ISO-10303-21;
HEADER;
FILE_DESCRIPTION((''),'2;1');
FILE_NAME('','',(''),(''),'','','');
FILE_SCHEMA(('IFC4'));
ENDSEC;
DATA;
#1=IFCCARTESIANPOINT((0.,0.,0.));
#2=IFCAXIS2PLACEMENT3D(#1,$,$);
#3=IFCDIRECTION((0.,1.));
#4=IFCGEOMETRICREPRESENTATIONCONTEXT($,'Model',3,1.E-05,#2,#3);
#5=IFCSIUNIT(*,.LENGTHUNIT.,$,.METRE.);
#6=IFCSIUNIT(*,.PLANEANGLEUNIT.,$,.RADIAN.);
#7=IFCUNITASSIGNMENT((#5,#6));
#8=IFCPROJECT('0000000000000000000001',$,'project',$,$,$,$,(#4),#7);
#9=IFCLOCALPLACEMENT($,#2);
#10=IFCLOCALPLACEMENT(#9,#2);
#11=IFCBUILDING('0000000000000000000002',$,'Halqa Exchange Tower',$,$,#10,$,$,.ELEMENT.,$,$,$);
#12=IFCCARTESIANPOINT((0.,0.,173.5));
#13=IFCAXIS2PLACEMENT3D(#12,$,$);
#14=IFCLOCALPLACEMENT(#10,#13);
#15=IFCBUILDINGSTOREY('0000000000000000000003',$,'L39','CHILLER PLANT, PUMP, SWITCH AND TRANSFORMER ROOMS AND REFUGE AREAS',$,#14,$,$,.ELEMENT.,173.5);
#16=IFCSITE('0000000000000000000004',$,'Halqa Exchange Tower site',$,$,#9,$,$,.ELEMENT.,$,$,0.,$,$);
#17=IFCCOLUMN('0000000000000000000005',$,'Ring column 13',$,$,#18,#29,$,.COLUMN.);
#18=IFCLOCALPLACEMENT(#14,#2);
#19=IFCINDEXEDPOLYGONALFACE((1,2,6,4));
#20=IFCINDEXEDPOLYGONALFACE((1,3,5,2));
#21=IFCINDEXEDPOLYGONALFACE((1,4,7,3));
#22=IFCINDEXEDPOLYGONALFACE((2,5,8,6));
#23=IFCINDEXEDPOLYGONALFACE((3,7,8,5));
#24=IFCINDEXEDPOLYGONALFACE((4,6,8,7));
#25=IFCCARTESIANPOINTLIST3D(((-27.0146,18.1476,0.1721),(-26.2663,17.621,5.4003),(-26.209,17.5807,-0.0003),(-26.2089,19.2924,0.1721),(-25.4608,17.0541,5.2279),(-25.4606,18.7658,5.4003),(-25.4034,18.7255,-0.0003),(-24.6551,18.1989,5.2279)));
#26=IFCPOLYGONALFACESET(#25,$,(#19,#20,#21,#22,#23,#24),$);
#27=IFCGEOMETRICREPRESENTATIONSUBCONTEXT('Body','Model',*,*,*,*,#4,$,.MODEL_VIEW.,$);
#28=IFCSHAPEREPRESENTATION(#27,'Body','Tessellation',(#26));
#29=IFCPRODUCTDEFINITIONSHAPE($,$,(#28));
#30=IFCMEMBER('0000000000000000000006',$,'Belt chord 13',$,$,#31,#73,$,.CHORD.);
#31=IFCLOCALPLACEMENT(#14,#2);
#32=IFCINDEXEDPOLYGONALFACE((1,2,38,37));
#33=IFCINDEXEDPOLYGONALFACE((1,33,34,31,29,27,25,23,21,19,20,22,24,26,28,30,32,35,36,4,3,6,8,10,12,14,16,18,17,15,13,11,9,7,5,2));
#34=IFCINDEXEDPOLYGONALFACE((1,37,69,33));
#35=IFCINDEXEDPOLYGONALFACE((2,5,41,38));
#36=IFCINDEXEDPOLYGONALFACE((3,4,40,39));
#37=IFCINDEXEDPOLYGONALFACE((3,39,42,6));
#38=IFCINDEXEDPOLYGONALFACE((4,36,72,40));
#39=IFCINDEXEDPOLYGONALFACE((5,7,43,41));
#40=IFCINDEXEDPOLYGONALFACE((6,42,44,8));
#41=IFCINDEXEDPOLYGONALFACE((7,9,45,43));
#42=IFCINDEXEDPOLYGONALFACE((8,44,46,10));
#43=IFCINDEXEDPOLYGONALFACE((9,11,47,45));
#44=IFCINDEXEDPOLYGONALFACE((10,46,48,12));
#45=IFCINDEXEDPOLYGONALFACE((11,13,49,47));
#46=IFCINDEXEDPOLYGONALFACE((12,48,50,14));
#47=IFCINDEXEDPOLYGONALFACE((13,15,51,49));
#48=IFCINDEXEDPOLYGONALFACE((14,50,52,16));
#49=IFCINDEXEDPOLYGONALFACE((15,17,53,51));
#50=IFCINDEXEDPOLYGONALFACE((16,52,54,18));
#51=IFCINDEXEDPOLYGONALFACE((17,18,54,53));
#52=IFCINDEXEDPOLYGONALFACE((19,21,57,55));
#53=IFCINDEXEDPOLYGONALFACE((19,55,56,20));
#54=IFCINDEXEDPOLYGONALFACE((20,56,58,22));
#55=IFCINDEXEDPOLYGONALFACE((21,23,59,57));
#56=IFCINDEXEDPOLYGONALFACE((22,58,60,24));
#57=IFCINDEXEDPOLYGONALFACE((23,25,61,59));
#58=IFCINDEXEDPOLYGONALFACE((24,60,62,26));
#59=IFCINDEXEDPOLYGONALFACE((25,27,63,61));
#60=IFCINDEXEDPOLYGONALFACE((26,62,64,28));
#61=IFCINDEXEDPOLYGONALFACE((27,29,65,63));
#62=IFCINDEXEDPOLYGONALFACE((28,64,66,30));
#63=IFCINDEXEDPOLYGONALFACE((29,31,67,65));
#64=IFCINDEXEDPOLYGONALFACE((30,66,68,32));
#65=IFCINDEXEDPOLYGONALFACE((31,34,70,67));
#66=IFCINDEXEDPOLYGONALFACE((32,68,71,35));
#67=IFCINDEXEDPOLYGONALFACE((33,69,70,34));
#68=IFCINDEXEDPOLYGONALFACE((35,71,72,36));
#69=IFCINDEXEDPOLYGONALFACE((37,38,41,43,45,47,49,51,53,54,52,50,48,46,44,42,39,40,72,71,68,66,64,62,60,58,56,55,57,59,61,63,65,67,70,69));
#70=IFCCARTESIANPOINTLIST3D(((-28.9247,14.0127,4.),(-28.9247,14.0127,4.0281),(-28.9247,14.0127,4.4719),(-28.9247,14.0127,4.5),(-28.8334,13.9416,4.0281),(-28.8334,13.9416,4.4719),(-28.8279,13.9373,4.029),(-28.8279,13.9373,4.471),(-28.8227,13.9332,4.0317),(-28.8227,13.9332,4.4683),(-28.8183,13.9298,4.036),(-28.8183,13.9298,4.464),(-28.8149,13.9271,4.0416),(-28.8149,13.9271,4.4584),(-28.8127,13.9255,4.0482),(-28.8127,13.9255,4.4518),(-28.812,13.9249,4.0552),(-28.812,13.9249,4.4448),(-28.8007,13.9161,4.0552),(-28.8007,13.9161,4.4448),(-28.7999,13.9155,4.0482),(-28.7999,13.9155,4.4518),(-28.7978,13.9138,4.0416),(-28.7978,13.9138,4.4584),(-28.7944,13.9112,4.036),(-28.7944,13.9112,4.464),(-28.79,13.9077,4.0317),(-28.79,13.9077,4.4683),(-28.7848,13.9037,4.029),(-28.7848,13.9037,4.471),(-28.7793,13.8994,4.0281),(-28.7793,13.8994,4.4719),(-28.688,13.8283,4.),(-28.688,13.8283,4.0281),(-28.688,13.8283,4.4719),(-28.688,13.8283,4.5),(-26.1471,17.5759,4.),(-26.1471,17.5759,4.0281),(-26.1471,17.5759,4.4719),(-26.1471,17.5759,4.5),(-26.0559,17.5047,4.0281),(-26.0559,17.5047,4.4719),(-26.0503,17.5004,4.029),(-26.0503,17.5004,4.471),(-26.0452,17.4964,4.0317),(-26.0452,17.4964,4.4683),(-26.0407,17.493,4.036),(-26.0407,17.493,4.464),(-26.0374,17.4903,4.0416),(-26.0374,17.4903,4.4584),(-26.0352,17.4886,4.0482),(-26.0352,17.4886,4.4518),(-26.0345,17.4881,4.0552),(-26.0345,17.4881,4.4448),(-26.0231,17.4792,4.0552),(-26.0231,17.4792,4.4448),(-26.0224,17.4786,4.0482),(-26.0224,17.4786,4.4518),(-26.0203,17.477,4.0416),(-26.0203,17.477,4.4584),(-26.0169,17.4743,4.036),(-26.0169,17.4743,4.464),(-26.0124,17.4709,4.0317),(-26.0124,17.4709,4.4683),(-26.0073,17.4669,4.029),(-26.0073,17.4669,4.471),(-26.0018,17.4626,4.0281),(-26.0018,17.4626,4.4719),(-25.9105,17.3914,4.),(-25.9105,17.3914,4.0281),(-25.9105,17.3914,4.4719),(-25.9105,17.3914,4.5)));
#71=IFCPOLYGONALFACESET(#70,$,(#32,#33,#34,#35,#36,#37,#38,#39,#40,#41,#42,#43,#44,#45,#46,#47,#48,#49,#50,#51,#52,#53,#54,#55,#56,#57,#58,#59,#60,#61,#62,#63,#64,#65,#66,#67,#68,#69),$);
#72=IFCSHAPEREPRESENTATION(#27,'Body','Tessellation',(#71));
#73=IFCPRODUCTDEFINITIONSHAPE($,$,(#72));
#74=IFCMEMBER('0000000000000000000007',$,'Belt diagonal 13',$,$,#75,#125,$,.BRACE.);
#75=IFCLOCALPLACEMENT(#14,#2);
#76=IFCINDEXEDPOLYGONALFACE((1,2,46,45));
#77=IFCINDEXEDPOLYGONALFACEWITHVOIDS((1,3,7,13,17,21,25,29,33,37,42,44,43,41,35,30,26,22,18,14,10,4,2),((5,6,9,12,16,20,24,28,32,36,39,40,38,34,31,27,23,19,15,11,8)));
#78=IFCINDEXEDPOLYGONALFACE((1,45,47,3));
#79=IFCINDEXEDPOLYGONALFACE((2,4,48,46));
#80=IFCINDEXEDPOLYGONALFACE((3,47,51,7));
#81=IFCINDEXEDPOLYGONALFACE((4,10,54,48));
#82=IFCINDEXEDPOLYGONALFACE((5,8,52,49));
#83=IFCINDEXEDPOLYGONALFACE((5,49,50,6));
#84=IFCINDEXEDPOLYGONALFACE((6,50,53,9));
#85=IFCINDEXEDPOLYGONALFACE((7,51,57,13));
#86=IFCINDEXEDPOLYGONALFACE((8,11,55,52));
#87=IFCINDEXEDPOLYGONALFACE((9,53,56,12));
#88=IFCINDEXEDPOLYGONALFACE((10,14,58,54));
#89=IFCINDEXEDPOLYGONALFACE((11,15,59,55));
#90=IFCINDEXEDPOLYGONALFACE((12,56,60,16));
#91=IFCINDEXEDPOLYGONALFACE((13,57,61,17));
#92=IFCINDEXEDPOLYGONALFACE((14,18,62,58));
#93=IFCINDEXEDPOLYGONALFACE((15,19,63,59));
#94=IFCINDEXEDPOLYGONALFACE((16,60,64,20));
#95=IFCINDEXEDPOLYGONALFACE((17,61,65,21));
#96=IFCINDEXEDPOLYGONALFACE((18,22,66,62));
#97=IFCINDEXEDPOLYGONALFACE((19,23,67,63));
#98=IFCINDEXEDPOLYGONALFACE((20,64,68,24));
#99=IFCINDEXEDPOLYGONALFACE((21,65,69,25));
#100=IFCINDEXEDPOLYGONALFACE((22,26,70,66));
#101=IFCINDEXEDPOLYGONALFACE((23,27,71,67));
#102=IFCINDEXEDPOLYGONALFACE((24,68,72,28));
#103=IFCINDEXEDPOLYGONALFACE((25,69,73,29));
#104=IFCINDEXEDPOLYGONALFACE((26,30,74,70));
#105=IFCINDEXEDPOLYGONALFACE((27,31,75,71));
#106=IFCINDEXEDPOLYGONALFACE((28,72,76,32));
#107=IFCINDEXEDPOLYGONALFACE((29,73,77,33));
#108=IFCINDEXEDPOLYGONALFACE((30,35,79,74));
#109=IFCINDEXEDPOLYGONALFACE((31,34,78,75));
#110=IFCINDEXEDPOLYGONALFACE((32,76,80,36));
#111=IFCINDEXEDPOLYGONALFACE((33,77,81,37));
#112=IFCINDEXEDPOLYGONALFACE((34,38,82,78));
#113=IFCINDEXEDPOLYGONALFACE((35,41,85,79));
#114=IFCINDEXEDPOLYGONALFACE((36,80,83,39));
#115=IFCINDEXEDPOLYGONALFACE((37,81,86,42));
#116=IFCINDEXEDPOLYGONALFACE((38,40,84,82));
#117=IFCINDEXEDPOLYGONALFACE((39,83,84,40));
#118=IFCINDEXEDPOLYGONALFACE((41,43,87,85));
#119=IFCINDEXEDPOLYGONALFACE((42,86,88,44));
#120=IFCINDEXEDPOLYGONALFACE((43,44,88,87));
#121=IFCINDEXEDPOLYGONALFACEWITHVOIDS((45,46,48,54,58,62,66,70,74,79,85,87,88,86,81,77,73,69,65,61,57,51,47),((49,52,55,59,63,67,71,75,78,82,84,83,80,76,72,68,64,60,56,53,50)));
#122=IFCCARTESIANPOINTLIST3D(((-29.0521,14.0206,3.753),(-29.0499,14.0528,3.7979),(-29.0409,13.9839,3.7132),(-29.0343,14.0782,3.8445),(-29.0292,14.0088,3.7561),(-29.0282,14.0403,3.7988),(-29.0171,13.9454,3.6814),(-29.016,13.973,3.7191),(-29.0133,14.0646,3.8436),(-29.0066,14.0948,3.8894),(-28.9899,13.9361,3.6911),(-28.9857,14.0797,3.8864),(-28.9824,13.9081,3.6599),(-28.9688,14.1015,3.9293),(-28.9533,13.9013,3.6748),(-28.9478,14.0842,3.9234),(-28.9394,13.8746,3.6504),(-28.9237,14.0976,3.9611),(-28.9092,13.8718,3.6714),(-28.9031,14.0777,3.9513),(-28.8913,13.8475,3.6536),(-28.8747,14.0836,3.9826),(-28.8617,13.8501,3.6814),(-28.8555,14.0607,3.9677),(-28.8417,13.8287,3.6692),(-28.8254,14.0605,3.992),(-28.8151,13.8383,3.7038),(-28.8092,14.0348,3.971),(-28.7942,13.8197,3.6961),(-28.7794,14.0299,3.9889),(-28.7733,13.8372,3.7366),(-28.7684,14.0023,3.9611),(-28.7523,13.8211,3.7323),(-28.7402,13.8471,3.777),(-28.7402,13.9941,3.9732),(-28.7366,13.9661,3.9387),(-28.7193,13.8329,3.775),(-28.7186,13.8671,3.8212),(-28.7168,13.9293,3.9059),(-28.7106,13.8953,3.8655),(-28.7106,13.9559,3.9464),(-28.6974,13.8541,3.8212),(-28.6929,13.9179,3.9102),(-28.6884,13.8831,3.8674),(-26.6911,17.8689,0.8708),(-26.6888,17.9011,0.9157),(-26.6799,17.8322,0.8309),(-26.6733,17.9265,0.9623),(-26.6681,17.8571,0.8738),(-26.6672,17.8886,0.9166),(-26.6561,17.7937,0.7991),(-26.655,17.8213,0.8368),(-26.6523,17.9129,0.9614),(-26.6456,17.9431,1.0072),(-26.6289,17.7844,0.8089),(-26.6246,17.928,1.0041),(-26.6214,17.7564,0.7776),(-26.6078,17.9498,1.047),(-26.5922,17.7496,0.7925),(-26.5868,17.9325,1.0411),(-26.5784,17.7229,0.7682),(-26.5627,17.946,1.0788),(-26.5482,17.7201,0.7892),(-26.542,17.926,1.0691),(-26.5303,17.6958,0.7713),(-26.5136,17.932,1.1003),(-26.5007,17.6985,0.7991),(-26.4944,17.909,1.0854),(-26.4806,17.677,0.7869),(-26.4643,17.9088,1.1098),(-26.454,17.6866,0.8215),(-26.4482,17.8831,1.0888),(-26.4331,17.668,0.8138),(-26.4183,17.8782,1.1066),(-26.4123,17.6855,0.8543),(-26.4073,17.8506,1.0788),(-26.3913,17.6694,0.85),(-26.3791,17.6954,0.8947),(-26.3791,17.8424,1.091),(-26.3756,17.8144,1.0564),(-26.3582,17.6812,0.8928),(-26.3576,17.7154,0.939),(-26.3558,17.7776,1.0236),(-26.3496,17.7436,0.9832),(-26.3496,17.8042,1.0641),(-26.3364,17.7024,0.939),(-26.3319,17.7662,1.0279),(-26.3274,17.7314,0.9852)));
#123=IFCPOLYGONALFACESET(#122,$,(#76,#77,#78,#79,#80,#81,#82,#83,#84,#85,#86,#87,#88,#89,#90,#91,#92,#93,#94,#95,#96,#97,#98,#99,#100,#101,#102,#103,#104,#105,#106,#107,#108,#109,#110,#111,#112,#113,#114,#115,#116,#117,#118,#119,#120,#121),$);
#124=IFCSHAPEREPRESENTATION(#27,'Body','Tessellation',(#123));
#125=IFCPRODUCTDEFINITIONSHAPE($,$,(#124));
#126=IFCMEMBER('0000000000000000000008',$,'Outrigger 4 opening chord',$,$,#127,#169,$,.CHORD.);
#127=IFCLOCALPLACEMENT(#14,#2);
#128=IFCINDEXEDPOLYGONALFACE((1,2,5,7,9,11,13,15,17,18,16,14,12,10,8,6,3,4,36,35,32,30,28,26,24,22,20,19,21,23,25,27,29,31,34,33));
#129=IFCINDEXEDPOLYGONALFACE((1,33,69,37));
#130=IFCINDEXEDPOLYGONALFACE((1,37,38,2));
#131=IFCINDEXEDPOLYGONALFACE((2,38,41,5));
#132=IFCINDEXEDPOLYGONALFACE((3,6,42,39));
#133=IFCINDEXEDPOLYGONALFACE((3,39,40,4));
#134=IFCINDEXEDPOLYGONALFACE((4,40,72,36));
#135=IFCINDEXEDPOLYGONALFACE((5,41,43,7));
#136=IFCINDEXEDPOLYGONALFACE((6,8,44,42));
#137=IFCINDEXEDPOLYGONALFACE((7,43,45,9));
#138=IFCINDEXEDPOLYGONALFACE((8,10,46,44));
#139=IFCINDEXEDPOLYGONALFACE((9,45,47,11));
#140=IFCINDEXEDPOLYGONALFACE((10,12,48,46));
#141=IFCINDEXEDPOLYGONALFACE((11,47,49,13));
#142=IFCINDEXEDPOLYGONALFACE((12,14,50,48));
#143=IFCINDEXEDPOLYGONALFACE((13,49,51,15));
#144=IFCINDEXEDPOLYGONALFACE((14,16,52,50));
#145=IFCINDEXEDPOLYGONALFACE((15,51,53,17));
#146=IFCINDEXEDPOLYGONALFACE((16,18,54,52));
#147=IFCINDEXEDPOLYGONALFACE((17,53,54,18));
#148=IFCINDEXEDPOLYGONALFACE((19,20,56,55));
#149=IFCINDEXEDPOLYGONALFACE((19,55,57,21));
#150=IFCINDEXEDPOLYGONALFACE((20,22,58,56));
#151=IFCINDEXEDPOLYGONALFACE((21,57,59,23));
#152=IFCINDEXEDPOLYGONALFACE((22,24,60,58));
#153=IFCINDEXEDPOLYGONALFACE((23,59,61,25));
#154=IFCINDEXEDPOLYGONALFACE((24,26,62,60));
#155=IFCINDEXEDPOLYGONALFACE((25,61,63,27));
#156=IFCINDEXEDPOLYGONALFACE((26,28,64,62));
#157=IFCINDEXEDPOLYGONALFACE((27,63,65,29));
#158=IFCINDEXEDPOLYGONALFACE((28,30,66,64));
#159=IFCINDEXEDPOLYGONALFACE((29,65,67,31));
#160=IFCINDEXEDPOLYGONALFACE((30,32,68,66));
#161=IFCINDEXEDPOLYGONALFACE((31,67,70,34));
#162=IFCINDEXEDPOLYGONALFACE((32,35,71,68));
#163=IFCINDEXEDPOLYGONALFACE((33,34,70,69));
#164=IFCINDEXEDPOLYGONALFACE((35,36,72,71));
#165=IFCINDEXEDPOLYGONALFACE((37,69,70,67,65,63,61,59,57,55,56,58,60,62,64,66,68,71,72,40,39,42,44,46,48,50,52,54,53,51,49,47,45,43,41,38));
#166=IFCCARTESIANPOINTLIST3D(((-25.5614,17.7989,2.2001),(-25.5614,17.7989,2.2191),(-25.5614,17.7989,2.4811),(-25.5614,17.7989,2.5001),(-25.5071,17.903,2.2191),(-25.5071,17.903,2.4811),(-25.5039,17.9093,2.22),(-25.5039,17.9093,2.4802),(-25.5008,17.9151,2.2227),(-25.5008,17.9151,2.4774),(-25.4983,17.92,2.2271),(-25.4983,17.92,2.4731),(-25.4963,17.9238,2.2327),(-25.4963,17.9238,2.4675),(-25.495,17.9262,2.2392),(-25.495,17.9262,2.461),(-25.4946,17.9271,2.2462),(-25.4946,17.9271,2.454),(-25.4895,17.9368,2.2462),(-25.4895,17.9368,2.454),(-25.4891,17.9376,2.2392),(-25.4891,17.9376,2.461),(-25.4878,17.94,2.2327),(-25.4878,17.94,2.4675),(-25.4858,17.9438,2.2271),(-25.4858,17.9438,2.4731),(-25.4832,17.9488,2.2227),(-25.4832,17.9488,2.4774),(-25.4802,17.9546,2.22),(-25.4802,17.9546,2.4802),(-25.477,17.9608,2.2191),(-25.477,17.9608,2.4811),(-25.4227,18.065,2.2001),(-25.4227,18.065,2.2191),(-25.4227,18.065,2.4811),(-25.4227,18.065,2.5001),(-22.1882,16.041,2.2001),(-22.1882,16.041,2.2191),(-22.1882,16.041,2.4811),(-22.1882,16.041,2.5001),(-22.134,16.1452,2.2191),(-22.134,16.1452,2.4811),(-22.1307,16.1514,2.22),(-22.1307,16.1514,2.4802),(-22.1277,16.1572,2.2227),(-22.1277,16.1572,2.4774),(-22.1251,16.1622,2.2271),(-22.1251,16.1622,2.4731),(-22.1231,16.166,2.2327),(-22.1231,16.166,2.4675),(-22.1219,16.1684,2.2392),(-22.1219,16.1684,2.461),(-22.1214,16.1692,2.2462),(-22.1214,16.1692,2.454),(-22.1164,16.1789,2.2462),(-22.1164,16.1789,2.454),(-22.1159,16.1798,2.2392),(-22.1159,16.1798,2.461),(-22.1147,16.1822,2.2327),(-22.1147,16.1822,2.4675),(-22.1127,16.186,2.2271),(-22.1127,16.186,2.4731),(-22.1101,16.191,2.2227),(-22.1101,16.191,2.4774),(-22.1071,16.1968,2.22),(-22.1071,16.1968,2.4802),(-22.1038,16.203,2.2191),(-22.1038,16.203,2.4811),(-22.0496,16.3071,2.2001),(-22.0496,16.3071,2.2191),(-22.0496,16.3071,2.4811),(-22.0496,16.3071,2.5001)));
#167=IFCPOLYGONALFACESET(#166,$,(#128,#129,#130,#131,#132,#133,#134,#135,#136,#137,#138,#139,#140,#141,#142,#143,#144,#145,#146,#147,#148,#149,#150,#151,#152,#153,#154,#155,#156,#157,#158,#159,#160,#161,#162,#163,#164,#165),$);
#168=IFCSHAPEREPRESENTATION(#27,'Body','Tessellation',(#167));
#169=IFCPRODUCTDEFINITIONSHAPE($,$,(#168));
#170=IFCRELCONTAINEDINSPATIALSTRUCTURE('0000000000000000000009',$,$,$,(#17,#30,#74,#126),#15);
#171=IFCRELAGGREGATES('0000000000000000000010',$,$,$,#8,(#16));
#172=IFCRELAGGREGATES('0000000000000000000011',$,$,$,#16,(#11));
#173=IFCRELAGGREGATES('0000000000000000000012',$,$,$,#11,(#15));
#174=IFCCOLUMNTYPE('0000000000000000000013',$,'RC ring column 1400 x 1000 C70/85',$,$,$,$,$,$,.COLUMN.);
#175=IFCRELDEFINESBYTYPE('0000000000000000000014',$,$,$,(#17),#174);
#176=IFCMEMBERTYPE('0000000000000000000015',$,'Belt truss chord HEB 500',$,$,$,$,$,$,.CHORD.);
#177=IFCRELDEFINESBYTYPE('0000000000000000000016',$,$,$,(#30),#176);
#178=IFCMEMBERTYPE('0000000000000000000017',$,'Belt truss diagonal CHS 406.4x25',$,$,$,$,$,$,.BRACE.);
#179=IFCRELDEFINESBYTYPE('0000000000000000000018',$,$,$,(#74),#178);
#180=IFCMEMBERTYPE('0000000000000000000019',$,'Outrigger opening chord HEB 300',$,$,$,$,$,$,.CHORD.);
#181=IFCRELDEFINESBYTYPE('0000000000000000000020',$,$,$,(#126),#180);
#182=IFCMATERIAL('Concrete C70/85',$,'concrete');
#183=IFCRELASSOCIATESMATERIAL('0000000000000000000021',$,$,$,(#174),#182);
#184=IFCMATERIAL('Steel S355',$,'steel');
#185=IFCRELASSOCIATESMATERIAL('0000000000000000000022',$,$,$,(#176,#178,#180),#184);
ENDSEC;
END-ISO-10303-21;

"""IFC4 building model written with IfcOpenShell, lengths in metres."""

from ifc_helpers import new_model, si_unit, direction, frame, origin, origin_2d, place, context, subcontext, project, spatial, rectangle, hollow_circle, i_section, extrude, material, material_profile, profile_set, type_object, element, save


model = new_model("IFC4")

# Units and contexts
model_context = context("Model", 3, precision=1e-05, world=origin(), true_north=direction((0.0, 1.0)))
body_context = subcontext(model_context, "Body", "Model", "MODEL_VIEW")
ifc_project = project(units=[si_unit("LENGTHUNIT", "METRE"), si_unit("PLANEANGLEUNIT", "RADIAN")], contexts=[model_context])

# Site, building, storey
site_placement = place(None, origin())
site = spatial("IfcSite", under=ifc_project, at=site_placement, Name="Halqa Exchange Tower site", CompositionType="ELEMENT", RefElevation=0.0)
building_placement = place(site_placement, origin())
building = spatial("IfcBuilding", under=site, at=building_placement, Name="Halqa Exchange Tower", CompositionType="ELEMENT")
storey_placement = place(building_placement, frame((0.0, 0.0, 173.5)))
storey = spatial("IfcBuildingStorey", under=building, at=storey_placement, Name="L39", Description="CHILLER PLANT, PUMP, SWITCH AND TRANSFORMER ROOMS AND REFUGE AREAS", CompositionType="ELEMENT", Elevation=173.5)

# Column
ifc_material_1 = material(Name="Concrete C70/85", Category="concrete")
ifc_material_profile_1 = material_profile(ifc_material_1, rectangle(XDim=1.3999, YDim=1.0, at=origin_2d()), Name="1400 x 1000")
ifc_profile_set_1 = profile_set([ifc_material_profile_1], Name="Concrete C70/85")
column_type = type_object("IfcColumnType", Name="RC ring column 1400 x 1000 C70/85", PredefinedType="COLUMN", material=ifc_profile_set_1)
column_placement = place(storey_placement, frame((-26.209, 18.4365, 0.0859), z_axis=(0.140981, -0.099216, 0.985028), x_axis=(0.57552, 0.817788, 0.0)))
element("IfcColumn", 1, at=column_placement, inside=storey, type_object=column_type, Name="Ring column 13", PredefinedType="COLUMN", context=body_context, shape_type="SweptSolid", body=[
    extrude(rectangle(XDim=1.3999, YDim=1.0, at=origin_2d()), origin(), (0.0, 0.0, 1.0), 5.3076),
])

# Members
ifc_material_2 = material(Name="Steel S355", Category="steel")
ifc_material_profile_2 = material_profile(ifc_material_2, i_section(OverallWidth=0.3, OverallDepth=0.5, WebThickness=0.0144, FlangeThickness=0.0281, FilletRadius=0.0271, at=origin_2d()), Name="HEB 500")
ifc_profile_set_2 = profile_set([ifc_material_profile_2], Name="Steel S355")
member_type_1 = type_object("IfcMemberType", Name="Belt truss chord HEB 500", PredefinedType="CHORD", material=ifc_profile_set_2)
member_1_placement = place(storey_placement, frame((-26.0288, 17.4836, 4.25), z_axis=(-0.614793, -0.788688, 0.0), x_axis=(0.788688, -0.614793, 0.0)))
element("IfcMember", 2, at=member_1_placement, inside=storey, type_object=member_type_1, Name="Belt chord 13", PredefinedType="CHORD", context=body_context, shape_type="SweptSolid", body=[
    extrude(i_section(OverallWidth=0.3, OverallDepth=0.5, WebThickness=0.0144, FlangeThickness=0.0281, FilletRadius=0.0271, at=origin_2d()), origin(), (0.0, 0.0, 1.0), 4.5178),
])
ifc_material_profile_3 = material_profile(ifc_material_2, hollow_circle(Radius=0.2031, WallThickness=0.0249, at=origin_2d()), Name="CHS 406.4x25")
ifc_profile_set_3 = profile_set([ifc_material_profile_3], Name="Steel S355")
member_type_2 = type_object("IfcMemberType", Name="Belt truss diagonal CHS 406.4x25", PredefinedType="BRACE", material=ifc_profile_set_3)
member_2_placement = place(storey_placement, frame((-26.5095, 17.8086, 0.939), z_axis=(-0.440785, -0.718446, 0.538094), x_axis=(0.852365, -0.522947, 0.0)))
element("IfcMember", 3, at=member_2_placement, inside=storey, type_object=member_type_2, Name="Belt diagonal 13", PredefinedType="BRACE", context=body_context, shape_type="SweptSolid", body=[
    extrude(hollow_circle(Radius=0.2031, WallThickness=0.0249, at=origin_2d()), origin(), (0.0, 0.0, 1.0), 5.3564),
])
ifc_material_profile_4 = material_profile(ifc_material_2, i_section(OverallWidth=0.3, OverallDepth=0.3, WebThickness=0.011, FlangeThickness=0.019, FilletRadius=0.0271, at=origin_2d()), Name="HEB 300")
ifc_profile_set_4 = profile_set([ifc_material_profile_4], Name="Steel S355")
member_type_3 = type_object("IfcMemberType", Name="Outrigger opening chord HEB 300", PredefinedType="CHORD", material=ifc_profile_set_4)
member_3_placement = place(storey_placement, frame((-22.1189, 16.1741, 2.3501), z_axis=(-0.886804, 0.462145, 0.0), x_axis=(-0.462145, -0.886804, 0.0)))
element("IfcMember", 4, at=member_3_placement, inside=storey, type_object=member_type_3, Name="Outrigger 4 opening chord", PredefinedType="CHORD", context=body_context, shape_type="SweptSolid", body=[
    extrude(i_section(OverallWidth=0.3, OverallDepth=0.3, WebThickness=0.011, FlangeThickness=0.019, FilletRadius=0.0271, at=origin_2d()), origin(), (0.0, 0.0, 1.0), 3.8037),
])

save(model, "model.ifc")
